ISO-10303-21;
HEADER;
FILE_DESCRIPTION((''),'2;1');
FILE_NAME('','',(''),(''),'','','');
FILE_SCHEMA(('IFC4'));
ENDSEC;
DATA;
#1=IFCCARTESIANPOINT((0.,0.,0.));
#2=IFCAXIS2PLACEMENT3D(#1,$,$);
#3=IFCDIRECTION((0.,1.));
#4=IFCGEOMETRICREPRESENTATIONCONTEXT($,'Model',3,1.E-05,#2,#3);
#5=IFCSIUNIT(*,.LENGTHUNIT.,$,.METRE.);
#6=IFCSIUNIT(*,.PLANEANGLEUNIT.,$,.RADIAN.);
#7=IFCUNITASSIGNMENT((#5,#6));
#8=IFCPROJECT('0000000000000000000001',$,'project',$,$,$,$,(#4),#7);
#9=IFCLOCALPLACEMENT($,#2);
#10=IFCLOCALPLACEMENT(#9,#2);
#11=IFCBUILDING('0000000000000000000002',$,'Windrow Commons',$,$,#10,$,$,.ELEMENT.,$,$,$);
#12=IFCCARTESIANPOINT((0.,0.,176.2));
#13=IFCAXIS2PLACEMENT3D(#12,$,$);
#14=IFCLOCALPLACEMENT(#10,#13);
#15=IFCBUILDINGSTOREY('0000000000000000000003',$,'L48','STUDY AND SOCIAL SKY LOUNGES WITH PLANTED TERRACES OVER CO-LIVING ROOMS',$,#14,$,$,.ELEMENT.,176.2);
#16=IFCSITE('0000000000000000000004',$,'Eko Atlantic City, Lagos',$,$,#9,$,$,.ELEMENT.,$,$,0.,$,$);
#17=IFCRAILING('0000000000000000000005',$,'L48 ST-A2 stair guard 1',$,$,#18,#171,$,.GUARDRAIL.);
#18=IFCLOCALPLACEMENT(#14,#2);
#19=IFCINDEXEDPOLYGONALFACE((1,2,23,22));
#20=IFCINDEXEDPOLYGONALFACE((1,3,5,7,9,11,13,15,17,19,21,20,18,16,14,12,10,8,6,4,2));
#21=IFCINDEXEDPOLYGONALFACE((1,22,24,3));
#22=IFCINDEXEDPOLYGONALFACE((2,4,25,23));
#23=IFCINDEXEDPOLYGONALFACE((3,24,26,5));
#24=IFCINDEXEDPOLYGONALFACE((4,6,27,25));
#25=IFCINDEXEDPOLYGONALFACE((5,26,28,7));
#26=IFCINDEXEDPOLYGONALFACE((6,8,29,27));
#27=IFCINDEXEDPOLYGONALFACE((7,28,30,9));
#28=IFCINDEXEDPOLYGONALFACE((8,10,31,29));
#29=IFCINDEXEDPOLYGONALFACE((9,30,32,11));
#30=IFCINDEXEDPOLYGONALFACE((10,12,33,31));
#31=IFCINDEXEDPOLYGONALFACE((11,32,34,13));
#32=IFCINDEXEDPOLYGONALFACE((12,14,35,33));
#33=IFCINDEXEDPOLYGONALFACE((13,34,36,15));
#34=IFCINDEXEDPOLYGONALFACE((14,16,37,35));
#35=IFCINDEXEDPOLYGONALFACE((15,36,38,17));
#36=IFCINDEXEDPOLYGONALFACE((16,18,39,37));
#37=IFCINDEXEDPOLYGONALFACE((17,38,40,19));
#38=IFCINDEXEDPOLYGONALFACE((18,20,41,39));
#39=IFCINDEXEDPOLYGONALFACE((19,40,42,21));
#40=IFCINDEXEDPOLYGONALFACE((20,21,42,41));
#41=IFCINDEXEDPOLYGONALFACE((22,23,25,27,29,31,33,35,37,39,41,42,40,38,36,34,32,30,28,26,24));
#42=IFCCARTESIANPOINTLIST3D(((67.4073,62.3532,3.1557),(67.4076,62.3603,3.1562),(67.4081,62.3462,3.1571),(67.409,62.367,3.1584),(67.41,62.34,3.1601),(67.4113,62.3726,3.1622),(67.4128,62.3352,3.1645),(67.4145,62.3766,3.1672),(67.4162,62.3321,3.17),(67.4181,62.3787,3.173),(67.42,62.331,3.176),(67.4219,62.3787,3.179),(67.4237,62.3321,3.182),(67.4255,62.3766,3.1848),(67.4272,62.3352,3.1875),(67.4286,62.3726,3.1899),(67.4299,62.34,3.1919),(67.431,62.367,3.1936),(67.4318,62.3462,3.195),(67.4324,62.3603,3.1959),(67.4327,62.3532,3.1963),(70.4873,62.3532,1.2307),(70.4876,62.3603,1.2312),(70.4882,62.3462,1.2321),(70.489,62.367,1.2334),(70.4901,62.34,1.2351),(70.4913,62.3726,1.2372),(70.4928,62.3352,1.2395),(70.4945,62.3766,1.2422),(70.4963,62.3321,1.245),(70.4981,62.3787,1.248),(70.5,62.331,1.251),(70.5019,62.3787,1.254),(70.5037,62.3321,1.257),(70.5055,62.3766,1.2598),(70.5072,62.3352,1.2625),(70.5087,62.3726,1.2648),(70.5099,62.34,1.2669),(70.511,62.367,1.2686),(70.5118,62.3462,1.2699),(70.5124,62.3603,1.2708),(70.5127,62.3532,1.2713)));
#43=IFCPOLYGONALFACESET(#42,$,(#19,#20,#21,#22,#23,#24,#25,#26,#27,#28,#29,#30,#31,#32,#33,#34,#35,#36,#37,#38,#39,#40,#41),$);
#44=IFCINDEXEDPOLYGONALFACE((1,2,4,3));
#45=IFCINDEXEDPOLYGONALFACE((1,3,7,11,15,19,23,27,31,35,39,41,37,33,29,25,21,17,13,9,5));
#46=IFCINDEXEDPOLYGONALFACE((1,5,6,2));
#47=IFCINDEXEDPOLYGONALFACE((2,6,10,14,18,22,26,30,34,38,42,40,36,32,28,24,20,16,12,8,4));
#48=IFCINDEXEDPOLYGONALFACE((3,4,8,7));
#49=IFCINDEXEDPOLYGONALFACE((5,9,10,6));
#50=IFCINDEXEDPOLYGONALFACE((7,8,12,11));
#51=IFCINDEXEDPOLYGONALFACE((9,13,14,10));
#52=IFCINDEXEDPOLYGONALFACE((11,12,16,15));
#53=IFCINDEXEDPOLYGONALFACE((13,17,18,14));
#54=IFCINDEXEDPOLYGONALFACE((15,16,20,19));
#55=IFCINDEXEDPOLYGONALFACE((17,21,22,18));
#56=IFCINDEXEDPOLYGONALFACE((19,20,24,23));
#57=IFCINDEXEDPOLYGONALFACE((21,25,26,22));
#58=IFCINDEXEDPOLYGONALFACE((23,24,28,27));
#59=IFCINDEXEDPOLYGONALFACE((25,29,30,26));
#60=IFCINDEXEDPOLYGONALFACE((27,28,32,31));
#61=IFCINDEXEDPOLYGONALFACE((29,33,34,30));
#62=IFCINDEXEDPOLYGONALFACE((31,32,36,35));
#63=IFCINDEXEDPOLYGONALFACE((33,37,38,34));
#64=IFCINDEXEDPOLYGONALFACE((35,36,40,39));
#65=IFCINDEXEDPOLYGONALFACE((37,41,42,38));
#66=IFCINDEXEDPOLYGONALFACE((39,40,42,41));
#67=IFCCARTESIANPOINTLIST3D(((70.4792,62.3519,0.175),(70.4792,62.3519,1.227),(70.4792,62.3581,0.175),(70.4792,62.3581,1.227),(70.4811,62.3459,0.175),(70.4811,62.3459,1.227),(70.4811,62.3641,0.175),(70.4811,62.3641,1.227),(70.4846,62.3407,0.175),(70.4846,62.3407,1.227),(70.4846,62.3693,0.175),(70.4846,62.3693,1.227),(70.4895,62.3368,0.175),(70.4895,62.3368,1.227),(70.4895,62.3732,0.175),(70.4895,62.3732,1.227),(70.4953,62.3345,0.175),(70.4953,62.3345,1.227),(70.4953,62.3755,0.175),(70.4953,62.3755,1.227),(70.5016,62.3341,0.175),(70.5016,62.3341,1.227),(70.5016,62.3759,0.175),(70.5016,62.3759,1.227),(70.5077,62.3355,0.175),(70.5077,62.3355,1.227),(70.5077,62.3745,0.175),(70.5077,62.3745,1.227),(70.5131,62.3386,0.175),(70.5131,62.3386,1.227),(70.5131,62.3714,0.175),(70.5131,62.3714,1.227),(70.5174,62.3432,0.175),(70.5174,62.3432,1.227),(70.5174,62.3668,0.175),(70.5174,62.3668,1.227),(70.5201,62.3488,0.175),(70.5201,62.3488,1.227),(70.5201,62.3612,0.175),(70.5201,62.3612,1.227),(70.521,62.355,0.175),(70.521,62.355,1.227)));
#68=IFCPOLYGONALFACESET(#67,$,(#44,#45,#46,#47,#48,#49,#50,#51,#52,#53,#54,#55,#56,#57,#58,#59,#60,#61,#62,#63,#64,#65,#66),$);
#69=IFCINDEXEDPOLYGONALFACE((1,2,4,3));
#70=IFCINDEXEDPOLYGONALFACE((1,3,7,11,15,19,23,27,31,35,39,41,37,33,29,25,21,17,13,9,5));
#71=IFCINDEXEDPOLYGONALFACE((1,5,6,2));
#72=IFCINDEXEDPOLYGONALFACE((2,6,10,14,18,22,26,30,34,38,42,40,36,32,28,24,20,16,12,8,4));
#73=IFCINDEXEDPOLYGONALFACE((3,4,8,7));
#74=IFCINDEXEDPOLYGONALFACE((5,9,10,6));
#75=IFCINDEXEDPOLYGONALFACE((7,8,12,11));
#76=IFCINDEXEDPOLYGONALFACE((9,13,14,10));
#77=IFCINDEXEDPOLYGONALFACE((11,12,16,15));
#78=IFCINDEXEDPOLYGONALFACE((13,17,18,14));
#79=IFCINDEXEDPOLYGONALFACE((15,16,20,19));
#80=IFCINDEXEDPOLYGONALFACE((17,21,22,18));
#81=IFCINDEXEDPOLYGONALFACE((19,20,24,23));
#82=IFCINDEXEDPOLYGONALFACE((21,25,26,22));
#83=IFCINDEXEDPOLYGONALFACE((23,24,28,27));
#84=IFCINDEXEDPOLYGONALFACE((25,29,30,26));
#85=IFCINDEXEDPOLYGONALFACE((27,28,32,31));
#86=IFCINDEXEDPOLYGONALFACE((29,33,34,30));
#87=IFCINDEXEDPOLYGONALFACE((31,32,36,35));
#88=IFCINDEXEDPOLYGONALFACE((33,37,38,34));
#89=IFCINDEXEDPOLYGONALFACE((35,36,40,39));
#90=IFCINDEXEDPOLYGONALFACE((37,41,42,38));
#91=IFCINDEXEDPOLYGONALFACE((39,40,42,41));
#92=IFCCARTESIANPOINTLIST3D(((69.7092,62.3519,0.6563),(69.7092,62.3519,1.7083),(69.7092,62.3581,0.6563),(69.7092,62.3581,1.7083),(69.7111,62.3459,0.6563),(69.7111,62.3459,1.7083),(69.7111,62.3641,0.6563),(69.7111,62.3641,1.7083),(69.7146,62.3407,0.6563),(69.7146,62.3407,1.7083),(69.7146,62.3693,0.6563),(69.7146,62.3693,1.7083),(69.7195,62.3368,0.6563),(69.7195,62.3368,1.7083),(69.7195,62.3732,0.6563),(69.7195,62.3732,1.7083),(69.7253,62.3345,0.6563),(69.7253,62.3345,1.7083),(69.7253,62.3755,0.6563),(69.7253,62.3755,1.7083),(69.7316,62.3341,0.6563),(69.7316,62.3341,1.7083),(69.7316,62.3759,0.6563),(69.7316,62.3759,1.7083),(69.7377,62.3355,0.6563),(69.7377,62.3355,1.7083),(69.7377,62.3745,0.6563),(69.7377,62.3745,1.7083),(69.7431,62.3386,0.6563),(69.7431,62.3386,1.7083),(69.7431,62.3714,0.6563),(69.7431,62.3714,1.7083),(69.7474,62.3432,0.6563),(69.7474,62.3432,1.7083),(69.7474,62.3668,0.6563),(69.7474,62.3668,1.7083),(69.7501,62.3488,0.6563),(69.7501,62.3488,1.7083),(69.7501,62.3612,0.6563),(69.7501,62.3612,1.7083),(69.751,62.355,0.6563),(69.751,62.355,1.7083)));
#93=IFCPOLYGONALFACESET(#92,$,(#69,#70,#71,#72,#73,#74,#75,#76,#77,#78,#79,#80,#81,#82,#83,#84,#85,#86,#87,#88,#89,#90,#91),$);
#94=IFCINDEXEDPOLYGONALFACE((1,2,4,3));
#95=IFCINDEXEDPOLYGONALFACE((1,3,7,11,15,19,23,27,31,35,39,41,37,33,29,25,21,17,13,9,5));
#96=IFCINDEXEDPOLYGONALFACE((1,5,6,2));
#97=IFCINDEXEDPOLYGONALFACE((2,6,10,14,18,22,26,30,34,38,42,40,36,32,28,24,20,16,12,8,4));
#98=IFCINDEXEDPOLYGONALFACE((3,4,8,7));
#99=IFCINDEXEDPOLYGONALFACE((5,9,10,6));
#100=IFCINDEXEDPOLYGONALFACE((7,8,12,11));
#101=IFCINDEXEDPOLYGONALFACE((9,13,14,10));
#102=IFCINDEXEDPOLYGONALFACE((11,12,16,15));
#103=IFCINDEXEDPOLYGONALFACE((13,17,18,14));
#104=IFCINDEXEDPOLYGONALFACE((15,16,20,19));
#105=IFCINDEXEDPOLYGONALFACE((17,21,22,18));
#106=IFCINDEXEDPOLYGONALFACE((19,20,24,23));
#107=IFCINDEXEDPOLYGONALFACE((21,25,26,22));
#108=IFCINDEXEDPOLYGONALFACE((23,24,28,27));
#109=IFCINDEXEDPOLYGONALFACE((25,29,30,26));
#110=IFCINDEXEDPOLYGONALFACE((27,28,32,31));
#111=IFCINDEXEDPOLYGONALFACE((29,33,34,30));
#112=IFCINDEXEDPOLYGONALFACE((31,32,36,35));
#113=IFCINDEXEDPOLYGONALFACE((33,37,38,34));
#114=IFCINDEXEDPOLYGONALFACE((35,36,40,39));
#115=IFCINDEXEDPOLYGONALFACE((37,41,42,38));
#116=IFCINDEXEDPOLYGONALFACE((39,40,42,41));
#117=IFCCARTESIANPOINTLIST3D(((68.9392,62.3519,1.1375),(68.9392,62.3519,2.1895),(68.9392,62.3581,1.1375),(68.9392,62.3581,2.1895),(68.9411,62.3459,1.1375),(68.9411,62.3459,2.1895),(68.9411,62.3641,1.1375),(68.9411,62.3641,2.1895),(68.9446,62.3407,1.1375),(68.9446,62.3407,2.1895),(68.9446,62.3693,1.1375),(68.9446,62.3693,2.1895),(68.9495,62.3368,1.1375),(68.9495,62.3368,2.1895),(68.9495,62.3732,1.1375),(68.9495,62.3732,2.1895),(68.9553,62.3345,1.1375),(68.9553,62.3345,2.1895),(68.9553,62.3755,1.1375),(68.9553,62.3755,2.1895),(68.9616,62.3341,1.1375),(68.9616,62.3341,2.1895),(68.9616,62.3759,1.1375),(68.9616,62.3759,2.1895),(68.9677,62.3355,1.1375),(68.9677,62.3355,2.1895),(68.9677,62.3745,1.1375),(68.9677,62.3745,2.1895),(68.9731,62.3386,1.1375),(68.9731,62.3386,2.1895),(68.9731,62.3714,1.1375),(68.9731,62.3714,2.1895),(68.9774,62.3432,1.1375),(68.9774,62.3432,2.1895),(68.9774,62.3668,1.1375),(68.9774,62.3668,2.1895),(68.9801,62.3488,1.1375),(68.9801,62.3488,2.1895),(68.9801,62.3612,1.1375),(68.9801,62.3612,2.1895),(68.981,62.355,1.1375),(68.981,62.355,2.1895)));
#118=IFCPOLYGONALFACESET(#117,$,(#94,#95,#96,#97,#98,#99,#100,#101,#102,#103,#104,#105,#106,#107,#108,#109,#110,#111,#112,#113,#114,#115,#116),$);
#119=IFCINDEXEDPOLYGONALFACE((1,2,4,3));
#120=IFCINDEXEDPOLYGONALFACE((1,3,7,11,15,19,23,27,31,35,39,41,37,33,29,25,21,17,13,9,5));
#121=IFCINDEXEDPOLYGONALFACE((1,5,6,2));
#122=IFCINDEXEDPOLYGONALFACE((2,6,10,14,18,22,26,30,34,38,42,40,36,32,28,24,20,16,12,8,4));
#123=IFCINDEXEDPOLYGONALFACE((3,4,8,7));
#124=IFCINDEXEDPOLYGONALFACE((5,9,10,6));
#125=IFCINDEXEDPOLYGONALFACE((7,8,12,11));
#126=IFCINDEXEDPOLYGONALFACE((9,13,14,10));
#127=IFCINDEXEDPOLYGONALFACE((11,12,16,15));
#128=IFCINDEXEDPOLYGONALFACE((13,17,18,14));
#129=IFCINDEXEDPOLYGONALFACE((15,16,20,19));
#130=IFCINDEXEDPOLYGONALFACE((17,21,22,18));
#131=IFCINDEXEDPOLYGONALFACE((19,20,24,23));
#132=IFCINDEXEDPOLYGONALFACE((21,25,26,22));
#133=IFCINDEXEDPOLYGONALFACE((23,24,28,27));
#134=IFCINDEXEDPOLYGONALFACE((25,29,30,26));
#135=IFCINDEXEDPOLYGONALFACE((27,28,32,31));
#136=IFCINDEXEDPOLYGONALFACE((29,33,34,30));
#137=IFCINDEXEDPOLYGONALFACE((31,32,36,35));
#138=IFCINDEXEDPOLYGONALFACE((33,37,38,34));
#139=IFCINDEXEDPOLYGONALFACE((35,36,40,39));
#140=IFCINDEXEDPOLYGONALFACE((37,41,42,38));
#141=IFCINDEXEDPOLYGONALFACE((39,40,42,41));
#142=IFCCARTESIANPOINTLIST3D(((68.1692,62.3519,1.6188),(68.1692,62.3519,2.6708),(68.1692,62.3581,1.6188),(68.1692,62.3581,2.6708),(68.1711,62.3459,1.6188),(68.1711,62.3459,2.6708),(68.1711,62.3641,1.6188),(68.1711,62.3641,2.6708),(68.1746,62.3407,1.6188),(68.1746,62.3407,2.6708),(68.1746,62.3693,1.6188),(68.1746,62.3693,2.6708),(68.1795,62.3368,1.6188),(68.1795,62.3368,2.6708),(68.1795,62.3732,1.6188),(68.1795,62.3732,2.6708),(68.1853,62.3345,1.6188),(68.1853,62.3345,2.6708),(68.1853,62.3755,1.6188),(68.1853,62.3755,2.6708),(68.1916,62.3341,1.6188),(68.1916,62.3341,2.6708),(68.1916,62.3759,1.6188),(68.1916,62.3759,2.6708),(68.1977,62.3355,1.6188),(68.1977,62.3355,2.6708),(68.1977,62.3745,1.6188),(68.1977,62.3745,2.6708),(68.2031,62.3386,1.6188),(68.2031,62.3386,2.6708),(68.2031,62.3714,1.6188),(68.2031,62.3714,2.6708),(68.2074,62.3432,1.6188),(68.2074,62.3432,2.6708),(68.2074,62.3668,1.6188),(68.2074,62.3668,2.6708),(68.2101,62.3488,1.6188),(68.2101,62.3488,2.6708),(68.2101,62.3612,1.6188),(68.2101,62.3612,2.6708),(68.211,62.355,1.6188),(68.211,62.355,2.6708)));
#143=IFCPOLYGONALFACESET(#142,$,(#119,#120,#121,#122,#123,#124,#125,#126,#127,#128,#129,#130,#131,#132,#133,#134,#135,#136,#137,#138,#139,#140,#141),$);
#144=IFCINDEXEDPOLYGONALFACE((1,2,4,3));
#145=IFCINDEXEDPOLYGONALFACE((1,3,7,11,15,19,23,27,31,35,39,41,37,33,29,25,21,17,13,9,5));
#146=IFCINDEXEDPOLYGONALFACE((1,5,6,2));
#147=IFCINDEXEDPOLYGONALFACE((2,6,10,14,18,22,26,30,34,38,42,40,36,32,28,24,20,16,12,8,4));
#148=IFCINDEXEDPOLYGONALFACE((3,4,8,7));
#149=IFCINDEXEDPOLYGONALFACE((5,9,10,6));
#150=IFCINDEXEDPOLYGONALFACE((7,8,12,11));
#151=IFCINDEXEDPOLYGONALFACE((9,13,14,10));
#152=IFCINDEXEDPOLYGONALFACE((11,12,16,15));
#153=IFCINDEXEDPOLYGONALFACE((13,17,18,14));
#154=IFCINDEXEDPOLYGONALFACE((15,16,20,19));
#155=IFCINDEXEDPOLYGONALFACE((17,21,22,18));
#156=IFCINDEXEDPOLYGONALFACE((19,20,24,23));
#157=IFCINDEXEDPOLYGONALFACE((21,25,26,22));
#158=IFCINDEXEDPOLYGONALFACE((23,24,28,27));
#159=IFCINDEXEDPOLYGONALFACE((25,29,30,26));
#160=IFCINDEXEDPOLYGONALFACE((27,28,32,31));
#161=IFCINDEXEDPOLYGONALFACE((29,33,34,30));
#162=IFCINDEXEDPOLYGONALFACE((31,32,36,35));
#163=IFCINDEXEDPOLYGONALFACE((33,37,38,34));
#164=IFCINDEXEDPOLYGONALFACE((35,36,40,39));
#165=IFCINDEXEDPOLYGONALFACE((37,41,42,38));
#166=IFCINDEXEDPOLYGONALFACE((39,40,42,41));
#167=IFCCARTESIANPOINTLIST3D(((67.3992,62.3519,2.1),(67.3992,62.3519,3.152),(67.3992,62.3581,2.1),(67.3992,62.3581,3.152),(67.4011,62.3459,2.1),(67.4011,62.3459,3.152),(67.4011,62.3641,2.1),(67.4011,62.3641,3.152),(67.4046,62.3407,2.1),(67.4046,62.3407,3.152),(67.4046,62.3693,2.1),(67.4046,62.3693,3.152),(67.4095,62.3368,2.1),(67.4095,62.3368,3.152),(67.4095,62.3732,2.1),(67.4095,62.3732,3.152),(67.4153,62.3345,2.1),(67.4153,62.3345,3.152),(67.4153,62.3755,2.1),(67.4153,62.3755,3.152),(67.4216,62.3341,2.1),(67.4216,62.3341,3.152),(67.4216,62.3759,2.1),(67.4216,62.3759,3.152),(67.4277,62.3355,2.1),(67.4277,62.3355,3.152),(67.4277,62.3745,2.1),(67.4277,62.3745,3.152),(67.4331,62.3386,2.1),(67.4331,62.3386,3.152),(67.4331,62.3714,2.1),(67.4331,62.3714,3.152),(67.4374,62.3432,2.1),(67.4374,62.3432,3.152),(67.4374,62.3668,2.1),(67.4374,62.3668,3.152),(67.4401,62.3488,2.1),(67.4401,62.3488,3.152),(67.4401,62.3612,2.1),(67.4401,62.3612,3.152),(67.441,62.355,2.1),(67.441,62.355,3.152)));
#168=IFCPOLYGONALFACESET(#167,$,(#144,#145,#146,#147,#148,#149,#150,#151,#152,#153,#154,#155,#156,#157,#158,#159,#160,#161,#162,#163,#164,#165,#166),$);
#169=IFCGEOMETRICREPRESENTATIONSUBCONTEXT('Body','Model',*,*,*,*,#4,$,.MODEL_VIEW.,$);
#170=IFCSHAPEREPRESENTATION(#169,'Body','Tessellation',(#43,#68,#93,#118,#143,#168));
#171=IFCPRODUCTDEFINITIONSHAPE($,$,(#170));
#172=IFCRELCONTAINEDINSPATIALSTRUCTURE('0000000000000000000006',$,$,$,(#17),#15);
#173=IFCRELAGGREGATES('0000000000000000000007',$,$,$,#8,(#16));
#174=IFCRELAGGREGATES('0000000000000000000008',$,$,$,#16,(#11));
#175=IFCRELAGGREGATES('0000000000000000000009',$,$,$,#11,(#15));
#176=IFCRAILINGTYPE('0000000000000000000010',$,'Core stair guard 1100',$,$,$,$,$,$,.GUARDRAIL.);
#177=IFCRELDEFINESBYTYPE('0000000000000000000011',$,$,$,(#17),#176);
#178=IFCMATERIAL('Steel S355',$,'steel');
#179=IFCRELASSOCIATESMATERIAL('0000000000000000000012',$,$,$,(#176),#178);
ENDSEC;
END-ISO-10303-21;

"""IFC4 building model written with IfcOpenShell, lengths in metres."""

from ifc_helpers import new_model, si_unit, direction, frame, origin, origin_2d, place, context, subcontext, project, spatial, circle, extrude, material, type_object, element, save


model = new_model("IFC4")

# Units and contexts
model_context = context("Model", 3, precision=1e-05, world=origin(), true_north=direction((0.0, 1.0)))
body_context = subcontext(model_context, "Body", "Model", "MODEL_VIEW")
ifc_project = project(units=[si_unit("LENGTHUNIT", "METRE"), si_unit("PLANEANGLEUNIT", "RADIAN")], contexts=[model_context])

# Site, building, storey
site_placement = place(None, origin())
site = spatial("IfcSite", under=ifc_project, at=site_placement, Name="Eko Atlantic City, Lagos", CompositionType="ELEMENT", RefElevation=0.0)
building_placement = place(site_placement, origin())
building = spatial("IfcBuilding", under=site, at=building_placement, Name="Windrow Commons", CompositionType="ELEMENT")
storey_placement = place(building_placement, frame((0.0, 0.0, 176.2)))
storey = spatial("IfcBuildingStorey", under=building, at=storey_placement, Name="L48", Description="STUDY AND SOCIAL SKY LOUNGES WITH PLANTED TERRACES OVER CO-LIVING ROOMS", CompositionType="ELEMENT", Elevation=176.2)

# Railing
ifc_material_1 = material(Name="Steel S355", Category="steel")
railing_type_1 = type_object("IfcRailingType", Name="Core stair guard 1100", PredefinedType="GUARDRAIL", material=ifc_material_1)
railing_1_placement = place(storey_placement, frame((70.5, 62.355, 0.175)))
element("IfcRailing", 1, at=railing_1_placement, inside=storey, type_object=railing_type_1, Name="L48 ST-A2 stair guard 1", PredefinedType="GUARDRAIL", context=body_context, shape_type="SweptSolid", body=[
    extrude(circle(Radius=0.024, at=origin_2d()), frame((0.0, 0.0, 1.076), z_axis=(-0.847998, 0.0, 0.529999), x_axis=(0.0, -1.0, 0.0)), (0.0, 0.0, 1.0), 3.6321),
    extrude(circle(Radius=0.021, at=origin_2d()), origin(), (0.0, 0.0, 1.0), 1.052),
    extrude(circle(Radius=0.021, at=origin_2d()), frame((-0.77, 0.0, 0.4813)), (0.0, 0.0, 1.0), 1.052),
    extrude(circle(Radius=0.021, at=origin_2d()), frame((-1.54, 0.0, 0.9625)), (0.0, 0.0, 1.0), 1.052),
    extrude(circle(Radius=0.021, at=origin_2d()), frame((-2.31, 0.0, 1.4438)), (0.0, 0.0, 1.0), 1.052),
    extrude(circle(Radius=0.021, at=origin_2d()), frame((-3.08, 0.0, 1.925)), (0.0, 0.0, 1.0), 1.052),
])

save(model, "model.ifc")
